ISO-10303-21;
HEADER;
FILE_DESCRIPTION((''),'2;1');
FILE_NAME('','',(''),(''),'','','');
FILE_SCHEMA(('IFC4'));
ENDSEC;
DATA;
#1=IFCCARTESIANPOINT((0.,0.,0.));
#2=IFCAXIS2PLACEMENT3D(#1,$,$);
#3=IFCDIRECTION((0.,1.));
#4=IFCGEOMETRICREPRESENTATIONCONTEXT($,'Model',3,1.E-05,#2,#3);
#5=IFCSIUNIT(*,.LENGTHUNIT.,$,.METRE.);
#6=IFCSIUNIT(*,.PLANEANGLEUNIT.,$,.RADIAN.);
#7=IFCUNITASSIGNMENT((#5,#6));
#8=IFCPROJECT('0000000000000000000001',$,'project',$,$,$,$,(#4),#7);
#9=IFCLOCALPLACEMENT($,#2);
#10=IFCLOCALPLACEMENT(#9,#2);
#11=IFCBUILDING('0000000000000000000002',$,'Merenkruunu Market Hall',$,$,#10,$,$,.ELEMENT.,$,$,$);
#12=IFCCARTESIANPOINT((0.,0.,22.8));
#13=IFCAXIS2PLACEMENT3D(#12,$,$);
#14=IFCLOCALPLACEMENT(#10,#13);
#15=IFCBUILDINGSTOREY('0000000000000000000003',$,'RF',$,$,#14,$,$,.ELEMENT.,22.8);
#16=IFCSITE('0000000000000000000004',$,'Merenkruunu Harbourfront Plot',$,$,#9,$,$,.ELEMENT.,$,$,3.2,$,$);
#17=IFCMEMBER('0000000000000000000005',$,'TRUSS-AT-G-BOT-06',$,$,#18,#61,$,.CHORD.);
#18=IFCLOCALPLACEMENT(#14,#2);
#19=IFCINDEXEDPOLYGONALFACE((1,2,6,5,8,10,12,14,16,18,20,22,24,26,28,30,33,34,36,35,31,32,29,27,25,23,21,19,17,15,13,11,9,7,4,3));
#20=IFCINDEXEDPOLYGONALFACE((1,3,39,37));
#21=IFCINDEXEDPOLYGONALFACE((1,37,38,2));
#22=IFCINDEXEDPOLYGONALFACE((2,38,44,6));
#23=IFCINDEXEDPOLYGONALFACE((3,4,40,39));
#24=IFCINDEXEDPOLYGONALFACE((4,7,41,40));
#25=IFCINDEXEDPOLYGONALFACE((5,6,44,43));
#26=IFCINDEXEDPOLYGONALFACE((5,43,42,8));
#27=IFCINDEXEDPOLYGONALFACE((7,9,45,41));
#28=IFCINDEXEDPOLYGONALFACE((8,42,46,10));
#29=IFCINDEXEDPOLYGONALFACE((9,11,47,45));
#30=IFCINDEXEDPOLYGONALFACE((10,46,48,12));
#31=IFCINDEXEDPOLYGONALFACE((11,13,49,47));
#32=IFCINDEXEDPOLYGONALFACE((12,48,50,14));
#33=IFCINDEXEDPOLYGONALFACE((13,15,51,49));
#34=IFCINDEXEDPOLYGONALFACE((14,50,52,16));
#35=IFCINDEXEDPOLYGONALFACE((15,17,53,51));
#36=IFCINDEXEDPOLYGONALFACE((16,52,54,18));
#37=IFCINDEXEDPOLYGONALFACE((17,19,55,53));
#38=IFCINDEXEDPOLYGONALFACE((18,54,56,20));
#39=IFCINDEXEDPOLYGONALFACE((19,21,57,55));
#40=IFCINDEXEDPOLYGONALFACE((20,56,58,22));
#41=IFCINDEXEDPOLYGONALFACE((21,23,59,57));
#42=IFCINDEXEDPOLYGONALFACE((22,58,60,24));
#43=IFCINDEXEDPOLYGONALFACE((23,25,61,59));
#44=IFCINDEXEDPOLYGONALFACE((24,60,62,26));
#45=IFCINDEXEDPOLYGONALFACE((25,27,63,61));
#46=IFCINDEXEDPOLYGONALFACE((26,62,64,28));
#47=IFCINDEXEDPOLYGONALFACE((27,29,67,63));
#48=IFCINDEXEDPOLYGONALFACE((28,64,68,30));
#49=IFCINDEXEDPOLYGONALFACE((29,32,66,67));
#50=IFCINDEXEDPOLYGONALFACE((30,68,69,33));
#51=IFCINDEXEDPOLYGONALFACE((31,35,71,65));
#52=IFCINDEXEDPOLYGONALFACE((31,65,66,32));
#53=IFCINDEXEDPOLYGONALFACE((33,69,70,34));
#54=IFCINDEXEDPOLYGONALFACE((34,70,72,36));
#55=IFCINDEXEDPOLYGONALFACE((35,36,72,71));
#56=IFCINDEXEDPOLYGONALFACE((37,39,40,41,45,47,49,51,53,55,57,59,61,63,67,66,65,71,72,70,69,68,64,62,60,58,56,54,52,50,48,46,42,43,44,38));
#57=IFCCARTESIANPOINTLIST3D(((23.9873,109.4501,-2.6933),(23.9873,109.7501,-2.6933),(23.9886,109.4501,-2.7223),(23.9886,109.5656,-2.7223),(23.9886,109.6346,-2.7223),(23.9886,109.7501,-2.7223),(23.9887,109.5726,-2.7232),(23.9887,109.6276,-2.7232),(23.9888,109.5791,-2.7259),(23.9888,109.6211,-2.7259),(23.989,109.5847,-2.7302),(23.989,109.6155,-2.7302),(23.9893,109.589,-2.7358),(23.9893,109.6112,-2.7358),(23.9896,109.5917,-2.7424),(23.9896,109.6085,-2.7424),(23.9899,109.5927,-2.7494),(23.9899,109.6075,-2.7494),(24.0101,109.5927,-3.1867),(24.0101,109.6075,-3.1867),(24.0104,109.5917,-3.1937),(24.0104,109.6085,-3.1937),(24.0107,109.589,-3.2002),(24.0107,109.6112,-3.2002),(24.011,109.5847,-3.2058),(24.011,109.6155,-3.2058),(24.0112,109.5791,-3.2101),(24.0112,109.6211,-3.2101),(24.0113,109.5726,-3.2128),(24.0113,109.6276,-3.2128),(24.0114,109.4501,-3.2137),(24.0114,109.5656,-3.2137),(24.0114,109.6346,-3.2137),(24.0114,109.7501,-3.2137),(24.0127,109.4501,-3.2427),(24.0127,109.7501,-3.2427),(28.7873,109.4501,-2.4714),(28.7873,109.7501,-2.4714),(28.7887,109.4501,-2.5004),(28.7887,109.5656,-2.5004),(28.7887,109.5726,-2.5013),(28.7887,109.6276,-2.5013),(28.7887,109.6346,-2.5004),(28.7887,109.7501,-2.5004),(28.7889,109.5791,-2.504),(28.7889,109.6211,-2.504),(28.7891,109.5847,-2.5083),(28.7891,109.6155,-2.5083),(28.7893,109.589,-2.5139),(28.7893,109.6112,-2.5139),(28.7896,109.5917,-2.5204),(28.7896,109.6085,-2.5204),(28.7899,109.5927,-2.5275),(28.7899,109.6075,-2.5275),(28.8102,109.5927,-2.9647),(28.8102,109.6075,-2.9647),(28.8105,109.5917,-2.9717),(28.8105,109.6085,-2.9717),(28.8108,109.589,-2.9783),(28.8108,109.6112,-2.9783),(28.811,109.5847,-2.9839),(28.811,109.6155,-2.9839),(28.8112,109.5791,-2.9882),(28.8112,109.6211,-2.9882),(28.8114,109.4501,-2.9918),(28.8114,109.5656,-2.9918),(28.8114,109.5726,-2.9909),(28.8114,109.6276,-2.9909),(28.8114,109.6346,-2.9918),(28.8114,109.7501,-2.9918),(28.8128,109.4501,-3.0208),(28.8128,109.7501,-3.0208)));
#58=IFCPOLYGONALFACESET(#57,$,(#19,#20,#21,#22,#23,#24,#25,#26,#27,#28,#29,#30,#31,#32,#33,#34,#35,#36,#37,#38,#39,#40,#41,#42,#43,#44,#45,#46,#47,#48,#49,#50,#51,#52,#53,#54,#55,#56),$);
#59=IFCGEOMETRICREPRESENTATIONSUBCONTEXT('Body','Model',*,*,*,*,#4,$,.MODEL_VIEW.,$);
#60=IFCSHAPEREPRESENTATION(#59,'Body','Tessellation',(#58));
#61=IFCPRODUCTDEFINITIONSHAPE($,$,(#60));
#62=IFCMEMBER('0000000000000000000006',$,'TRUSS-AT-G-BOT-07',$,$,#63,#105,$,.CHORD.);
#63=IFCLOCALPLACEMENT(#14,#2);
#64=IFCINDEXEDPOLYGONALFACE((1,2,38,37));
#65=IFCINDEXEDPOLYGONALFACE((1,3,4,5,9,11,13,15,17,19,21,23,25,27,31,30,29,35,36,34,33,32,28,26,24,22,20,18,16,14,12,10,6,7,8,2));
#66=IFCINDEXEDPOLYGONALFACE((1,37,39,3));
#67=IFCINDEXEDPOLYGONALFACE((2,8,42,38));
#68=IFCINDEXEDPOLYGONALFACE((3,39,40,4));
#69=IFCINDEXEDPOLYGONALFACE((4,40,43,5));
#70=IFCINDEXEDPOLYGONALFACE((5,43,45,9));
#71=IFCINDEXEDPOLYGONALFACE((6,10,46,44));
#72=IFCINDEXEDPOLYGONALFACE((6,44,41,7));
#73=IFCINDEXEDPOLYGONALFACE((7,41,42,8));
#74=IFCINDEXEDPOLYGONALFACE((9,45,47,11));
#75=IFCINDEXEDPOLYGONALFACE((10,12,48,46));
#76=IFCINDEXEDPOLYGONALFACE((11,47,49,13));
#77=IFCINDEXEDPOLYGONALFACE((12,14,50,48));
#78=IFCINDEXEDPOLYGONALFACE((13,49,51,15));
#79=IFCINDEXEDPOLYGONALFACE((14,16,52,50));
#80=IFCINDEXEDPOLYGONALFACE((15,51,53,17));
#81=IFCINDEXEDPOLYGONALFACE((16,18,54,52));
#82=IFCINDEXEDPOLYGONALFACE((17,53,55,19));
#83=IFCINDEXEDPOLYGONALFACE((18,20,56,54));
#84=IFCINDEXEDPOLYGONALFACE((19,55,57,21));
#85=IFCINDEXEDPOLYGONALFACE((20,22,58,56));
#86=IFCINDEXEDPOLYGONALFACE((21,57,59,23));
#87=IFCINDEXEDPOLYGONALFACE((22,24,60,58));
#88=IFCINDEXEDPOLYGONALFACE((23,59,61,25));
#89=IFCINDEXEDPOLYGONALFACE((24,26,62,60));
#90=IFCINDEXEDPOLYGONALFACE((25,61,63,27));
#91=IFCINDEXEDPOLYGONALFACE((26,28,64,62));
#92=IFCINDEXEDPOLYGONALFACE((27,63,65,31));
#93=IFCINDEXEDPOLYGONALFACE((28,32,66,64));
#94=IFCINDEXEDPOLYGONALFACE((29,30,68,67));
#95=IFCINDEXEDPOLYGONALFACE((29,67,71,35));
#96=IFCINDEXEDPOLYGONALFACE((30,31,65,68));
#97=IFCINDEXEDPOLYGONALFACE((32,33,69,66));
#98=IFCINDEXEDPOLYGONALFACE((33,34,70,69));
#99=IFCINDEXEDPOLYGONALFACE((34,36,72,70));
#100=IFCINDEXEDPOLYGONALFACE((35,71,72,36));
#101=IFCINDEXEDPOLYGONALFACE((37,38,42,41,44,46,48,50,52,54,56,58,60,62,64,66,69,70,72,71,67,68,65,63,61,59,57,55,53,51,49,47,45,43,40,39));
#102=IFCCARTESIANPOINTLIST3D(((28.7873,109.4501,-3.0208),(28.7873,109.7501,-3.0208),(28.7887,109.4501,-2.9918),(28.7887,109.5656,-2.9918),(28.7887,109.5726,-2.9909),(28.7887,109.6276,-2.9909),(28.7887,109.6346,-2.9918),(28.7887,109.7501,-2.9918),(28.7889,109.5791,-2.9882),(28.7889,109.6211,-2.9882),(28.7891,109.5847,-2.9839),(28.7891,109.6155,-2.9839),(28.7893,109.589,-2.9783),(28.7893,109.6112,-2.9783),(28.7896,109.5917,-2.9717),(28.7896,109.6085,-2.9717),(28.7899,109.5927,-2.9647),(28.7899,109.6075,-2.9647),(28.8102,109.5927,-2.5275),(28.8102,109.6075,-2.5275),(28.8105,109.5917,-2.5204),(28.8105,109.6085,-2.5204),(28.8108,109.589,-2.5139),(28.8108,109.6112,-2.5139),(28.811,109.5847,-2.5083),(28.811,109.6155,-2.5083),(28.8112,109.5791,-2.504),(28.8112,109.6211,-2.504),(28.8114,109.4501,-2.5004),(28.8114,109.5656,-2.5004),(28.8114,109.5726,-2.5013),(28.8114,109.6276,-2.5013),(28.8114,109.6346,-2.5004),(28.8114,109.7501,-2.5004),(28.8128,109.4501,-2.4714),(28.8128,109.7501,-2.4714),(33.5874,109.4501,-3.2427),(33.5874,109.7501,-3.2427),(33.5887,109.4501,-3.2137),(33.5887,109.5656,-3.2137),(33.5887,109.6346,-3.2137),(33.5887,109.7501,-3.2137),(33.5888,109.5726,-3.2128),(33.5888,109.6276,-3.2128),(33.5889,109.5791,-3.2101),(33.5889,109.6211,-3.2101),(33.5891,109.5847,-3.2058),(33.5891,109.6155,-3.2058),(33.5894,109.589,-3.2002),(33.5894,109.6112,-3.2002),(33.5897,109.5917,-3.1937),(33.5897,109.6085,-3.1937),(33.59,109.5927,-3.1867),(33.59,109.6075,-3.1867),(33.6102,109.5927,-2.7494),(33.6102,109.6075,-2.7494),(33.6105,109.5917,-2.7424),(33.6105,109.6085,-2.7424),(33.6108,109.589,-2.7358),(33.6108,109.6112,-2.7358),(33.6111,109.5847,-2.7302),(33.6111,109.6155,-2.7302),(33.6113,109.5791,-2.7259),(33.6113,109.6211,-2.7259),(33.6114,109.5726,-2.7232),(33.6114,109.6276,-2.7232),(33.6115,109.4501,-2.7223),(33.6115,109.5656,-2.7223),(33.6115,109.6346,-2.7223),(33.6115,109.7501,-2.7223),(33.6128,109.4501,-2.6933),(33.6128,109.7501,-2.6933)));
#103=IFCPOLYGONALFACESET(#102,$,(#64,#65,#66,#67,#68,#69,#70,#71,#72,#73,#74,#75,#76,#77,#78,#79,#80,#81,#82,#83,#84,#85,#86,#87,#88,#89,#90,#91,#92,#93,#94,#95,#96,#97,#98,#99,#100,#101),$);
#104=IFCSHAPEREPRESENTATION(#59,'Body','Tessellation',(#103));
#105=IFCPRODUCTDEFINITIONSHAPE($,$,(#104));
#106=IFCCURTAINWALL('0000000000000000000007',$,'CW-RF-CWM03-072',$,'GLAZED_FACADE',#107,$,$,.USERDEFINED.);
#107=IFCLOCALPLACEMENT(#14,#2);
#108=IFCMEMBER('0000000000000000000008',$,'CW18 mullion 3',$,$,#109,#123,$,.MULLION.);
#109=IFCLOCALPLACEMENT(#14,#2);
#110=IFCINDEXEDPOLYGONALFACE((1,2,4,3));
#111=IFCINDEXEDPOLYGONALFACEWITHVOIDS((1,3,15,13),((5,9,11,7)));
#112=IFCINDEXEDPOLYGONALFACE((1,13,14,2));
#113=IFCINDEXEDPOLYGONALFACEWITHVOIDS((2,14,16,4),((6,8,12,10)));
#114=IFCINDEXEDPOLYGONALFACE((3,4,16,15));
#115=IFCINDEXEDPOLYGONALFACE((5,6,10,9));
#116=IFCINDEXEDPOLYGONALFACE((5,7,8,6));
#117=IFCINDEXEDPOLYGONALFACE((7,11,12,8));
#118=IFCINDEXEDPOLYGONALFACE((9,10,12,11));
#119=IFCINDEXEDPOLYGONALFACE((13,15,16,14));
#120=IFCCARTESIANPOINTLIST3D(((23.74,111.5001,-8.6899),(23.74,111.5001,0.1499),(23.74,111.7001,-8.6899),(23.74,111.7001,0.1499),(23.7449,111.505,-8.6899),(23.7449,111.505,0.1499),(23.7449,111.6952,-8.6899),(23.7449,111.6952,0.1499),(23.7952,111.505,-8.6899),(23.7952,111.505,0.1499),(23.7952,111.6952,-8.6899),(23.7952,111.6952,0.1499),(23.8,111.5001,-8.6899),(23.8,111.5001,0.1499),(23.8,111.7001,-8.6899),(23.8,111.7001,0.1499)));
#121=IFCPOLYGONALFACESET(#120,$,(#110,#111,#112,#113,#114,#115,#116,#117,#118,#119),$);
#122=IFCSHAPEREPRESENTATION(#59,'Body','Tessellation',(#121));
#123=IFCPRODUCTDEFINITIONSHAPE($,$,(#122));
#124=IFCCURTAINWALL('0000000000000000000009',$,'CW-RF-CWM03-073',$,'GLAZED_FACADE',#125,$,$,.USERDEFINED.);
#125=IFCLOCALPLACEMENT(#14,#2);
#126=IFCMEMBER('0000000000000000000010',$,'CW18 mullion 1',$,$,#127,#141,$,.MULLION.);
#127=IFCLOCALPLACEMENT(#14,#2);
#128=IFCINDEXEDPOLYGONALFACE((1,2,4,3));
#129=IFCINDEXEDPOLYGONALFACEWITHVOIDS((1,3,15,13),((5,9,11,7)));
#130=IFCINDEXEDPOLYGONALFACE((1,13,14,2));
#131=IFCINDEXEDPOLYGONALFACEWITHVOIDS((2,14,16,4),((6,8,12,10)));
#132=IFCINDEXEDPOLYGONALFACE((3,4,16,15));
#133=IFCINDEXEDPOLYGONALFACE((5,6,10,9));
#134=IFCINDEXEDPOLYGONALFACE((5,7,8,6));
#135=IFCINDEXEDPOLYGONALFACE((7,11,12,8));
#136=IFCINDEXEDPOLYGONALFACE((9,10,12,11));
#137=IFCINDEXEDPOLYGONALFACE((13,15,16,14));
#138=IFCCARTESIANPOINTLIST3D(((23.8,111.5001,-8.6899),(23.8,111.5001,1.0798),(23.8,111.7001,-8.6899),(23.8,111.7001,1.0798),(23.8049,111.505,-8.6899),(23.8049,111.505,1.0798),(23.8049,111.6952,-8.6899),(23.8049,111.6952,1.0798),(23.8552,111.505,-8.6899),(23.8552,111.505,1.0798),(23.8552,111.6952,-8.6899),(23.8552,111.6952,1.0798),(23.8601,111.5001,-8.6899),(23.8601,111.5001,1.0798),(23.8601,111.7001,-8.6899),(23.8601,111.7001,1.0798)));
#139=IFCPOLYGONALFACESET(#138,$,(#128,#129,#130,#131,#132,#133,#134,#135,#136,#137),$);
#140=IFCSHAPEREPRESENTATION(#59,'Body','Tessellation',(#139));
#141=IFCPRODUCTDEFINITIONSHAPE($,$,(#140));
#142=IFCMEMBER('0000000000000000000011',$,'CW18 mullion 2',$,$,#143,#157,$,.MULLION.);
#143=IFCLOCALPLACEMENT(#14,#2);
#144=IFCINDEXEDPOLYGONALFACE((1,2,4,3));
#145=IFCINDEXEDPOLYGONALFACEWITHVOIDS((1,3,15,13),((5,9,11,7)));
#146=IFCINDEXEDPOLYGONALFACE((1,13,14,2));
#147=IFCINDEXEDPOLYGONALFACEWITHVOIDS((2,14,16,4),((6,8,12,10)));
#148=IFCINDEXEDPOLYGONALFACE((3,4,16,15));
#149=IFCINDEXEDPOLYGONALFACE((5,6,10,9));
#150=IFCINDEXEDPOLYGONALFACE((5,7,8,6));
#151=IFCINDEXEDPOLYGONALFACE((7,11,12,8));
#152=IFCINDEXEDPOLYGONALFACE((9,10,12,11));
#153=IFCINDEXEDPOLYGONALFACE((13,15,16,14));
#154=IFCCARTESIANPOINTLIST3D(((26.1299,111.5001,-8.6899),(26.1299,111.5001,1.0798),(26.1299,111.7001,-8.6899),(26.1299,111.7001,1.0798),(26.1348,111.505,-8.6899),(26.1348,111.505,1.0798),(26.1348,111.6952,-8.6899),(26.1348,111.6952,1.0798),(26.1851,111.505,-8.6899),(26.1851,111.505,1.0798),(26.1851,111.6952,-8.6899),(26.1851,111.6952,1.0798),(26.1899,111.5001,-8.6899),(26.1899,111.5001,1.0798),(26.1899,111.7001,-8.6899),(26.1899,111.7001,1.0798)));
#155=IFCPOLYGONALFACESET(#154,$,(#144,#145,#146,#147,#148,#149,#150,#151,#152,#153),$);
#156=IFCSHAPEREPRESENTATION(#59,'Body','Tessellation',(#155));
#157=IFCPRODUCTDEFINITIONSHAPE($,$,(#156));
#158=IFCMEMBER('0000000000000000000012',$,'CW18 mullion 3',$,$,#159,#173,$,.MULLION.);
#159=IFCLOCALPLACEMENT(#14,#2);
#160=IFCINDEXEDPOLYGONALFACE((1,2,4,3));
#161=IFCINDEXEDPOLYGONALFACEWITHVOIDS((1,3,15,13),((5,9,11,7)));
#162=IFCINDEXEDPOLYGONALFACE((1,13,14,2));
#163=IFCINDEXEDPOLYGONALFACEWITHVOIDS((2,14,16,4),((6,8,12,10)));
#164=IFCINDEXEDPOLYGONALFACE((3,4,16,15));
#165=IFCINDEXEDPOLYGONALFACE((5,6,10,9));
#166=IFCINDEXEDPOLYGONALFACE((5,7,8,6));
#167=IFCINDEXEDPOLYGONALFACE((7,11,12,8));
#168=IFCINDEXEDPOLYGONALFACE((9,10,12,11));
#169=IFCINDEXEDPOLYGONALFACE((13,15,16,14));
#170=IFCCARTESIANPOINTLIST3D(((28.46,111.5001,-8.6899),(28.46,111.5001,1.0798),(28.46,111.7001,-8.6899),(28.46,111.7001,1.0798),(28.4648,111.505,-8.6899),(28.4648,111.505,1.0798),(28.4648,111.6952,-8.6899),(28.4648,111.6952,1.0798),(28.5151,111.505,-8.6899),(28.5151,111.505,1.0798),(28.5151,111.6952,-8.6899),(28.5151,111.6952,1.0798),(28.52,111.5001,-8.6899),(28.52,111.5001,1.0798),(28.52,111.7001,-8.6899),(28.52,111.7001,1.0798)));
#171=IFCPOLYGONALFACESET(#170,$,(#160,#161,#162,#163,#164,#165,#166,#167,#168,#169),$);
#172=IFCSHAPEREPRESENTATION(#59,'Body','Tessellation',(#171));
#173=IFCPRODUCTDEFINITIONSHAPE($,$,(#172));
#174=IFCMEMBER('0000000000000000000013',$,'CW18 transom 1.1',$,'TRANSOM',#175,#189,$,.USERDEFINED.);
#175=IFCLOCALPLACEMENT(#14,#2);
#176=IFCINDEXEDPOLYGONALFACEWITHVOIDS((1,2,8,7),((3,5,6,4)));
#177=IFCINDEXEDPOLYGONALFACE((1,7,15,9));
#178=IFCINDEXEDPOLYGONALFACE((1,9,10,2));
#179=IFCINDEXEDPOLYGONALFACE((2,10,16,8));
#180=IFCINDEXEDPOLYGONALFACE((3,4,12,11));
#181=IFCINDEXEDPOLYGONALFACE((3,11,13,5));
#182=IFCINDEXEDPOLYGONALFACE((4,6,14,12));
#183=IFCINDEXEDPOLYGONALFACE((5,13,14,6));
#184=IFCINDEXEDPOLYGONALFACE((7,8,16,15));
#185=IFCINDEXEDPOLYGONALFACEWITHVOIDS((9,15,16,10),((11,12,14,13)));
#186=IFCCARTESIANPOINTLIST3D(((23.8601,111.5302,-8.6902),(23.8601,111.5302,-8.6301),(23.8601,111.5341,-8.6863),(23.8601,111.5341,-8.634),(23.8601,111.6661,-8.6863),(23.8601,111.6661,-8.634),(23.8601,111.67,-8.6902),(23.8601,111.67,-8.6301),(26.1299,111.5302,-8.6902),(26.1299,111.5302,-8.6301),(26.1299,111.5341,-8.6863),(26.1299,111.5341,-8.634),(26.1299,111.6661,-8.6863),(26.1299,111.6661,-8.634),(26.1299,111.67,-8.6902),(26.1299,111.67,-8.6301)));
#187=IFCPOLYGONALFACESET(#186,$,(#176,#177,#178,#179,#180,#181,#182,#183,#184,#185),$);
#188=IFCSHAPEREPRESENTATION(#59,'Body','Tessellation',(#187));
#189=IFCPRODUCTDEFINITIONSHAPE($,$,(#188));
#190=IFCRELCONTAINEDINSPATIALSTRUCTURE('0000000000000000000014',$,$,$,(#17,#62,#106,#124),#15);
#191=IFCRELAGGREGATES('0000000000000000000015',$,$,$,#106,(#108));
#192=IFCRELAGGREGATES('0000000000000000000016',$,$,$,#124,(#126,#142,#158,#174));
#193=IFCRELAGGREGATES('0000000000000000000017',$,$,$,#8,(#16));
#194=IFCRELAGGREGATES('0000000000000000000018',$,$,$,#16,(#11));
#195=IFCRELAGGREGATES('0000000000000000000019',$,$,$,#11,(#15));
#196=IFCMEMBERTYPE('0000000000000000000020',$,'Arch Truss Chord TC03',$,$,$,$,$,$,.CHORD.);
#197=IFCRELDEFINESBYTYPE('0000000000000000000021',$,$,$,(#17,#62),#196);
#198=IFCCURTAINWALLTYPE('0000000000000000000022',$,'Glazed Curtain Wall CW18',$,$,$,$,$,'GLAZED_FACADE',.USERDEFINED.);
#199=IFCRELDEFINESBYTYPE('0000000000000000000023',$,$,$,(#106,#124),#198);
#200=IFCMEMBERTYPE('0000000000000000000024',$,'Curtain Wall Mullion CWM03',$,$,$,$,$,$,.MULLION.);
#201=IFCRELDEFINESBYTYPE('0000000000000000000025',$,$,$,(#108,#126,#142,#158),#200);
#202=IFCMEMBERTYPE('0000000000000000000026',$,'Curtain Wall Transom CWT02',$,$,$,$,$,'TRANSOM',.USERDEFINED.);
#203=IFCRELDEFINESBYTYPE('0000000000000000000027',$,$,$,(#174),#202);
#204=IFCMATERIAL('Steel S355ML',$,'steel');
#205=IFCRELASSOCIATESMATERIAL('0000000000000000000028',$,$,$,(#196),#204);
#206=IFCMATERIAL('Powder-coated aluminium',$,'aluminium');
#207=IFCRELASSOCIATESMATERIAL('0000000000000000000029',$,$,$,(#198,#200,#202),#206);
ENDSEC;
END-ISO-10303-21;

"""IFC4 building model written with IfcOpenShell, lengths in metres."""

from ifc_helpers import new_model, si_unit, direction, frame, origin, origin_2d, place, context, subcontext, project, spatial, hollow_rectangle, i_section, extrude, material, material_profile, profile_set, type_object, element, aggregate, save


model = new_model("IFC4")

# Units and contexts
model_context = context("Model", 3, precision=1e-05, world=origin(), true_north=direction((0.0, 1.0)))
body_context = subcontext(model_context, "Body", "Model", "MODEL_VIEW")
ifc_project = project(units=[si_unit("LENGTHUNIT", "METRE"), si_unit("PLANEANGLEUNIT", "RADIAN")], contexts=[model_context])

# Site, building, storey
site_placement = place(None, origin())
site = spatial("IfcSite", under=ifc_project, at=site_placement, Name="Merenkruunu Harbourfront Plot", CompositionType="ELEMENT", RefElevation=3.2)
building_placement = place(site_placement, origin())
building = spatial("IfcBuilding", under=site, at=building_placement, Name="Merenkruunu Market Hall", CompositionType="ELEMENT")
storey_placement = place(building_placement, frame((0.0, 0.0, 22.8)))
storey = spatial("IfcBuildingStorey", under=building, at=storey_placement, Name="RF", CompositionType="ELEMENT", Elevation=22.8)

# Members
ifc_material_1 = material(Name="Steel S355ML", Category="steel")
ifc_material_profile_1 = material_profile(ifc_material_1, i_section(OverallWidth=0.3, OverallDepth=0.55, WebThickness=0.0149, FlangeThickness=0.0291, FilletRadius=0.0271, at=origin_2d()), Name="HEB 550")
ifc_profile_set_1 = profile_set([ifc_material_profile_1], Name="Steel S355ML")
member_type_1 = type_object("IfcMemberType", Name="Arch Truss Chord TC03", PredefinedType="CHORD", material=ifc_profile_set_1)
for number, where, z_axis, x_axis, name in (
    (1, (24.0, 109.6001, -2.968), (0.998933, 0.0, 0.046184), (0.0, 1.0, 0.0), "TRUSS-AT-G-BOT-06"),
    (2, (28.8, 109.6001, -2.7461), (0.998933, 0.0, -0.046184), (0.0, 1.0, 0.0), "TRUSS-AT-G-BOT-07"),
):
    element("IfcMember", number, at=place(storey_placement, frame(where, z_axis=z_axis, x_axis=x_axis)), inside=storey, type_object=member_type_1, Name=name, PredefinedType="CHORD", context=body_context, shape_type="SweptSolid", body=[
        extrude(i_section(OverallWidth=0.3, OverallDepth=0.55, WebThickness=0.0149, FlangeThickness=0.0291, FilletRadius=0.0271, at=origin_2d()), origin(), (0.0, 0.0, 1.0), 4.8052),
    ])

# Curtain wall, member
ifc_material_2 = material(Name="Powder-coated aluminium", Category="aluminium")
curtain_wall_type = type_object("IfcCurtainWallType", Name="Glazed Curtain Wall CW18", ElementType="GLAZED_FACADE", PredefinedType="USERDEFINED", material=ifc_material_2)
curtain_wall_1_placement = place(storey_placement, origin())
curtain_wall_1 = element("IfcCurtainWall", 3, at=curtain_wall_1_placement, inside=storey, type_object=curtain_wall_type, Name="CW-RF-CWM03-072", ObjectType="GLAZED_FACADE", PredefinedType="USERDEFINED")
ifc_material_profile_2 = material_profile(ifc_material_2, hollow_rectangle(XDim=0.0601, YDim=0.2, WallThickness=0.0049, at=origin_2d()), Name="ALU 60x200x5")
ifc_profile_set_2 = profile_set([ifc_material_profile_2], Name="Powder-coated aluminium")
member_type_2 = type_object("IfcMemberType", Name="Curtain Wall Mullion CWM03", PredefinedType="MULLION", material=ifc_profile_set_2)
member_1_placement = place(storey_placement, frame((23.77, 111.6001, -8.6899), z_axis=(0.0, 0.0, 1.0), x_axis=(1.0, 0.0, 0.0)))
member_1 = element("IfcMember", 4, at=member_1_placement, type_object=member_type_2, Name="CW18 mullion 3", PredefinedType="MULLION", context=body_context, shape_type="SweptSolid", body=[
    extrude(hollow_rectangle(XDim=0.0601, YDim=0.2, WallThickness=0.0049, at=origin_2d()), origin(), (0.0, 0.0, 1.0), 8.8398),
])

# Curtain wall, members
curtain_wall_2_placement = place(storey_placement, origin())
curtain_wall_2 = element("IfcCurtainWall", 5, at=curtain_wall_2_placement, inside=storey, type_object=curtain_wall_type, Name="CW-RF-CWM03-073", ObjectType="GLAZED_FACADE", PredefinedType="USERDEFINED")
member_2_placement = place(storey_placement, frame((23.8301, 111.6001, -8.6899), z_axis=(0.0, 0.0, 1.0), x_axis=(1.0, 0.0, 0.0)))
member_2 = element("IfcMember", 6, at=member_2_placement, type_object=member_type_2, Name="CW18 mullion 1", PredefinedType="MULLION", context=body_context, shape_type="SweptSolid", body=[
    extrude(hollow_rectangle(XDim=0.0601, YDim=0.2, WallThickness=0.0049, at=origin_2d()), origin(), (0.0, 0.0, 1.0), 9.7698),
])
member_3_placement = place(storey_placement, frame((26.1599, 111.6001, -8.6899), z_axis=(0.0, 0.0, 1.0), x_axis=(1.0, 0.0, 0.0)))
member_3 = element("IfcMember", 7, at=member_3_placement, type_object=member_type_2, Name="CW18 mullion 2", PredefinedType="MULLION", context=body_context, shape_type="SweptSolid", body=[
    extrude(hollow_rectangle(XDim=0.0601, YDim=0.2, WallThickness=0.0049, at=origin_2d()), origin(), (0.0, 0.0, 1.0), 9.7698),
])
member_4_placement = place(storey_placement, frame((28.49, 111.6001, -8.6899), z_axis=(0.0, 0.0, 1.0), x_axis=(1.0, 0.0, 0.0)))
member_4 = element("IfcMember", 8, at=member_4_placement, type_object=member_type_2, Name="CW18 mullion 3", PredefinedType="MULLION", context=body_context, shape_type="SweptSolid", body=[
    extrude(hollow_rectangle(XDim=0.0601, YDim=0.2, WallThickness=0.0049, at=origin_2d()), origin(), (0.0, 0.0, 1.0), 9.7698),
])
ifc_material_profile_3 = material_profile(ifc_material_2, hollow_rectangle(XDim=0.0601, YDim=0.1399, WallThickness=0.0039, at=origin_2d()), Name="ALU 60x140x4")
ifc_profile_set_3 = profile_set([ifc_material_profile_3], Name="Powder-coated aluminium")
member_type_3 = type_object("IfcMemberType", Name="Curtain Wall Transom CWT02", ElementType="TRANSOM", PredefinedType="USERDEFINED", material=ifc_profile_set_3)
member_5_placement = place(storey_placement, frame((23.8601, 111.6001, -8.6602), z_axis=(1.0, 0.0, 0.0), x_axis=(0.0, 0.0, 1.0)))
member_5 = element("IfcMember", 9, at=member_5_placement, type_object=member_type_3, Name="CW18 transom 1.1", ObjectType="TRANSOM", PredefinedType="USERDEFINED", context=body_context, shape_type="SweptSolid", body=[
    extrude(hollow_rectangle(XDim=0.0601, YDim=0.1399, WallThickness=0.0039, at=origin_2d()), origin(), (0.0, 0.0, 1.0), 2.2698),
])

aggregate(curtain_wall_1, [member_1])
aggregate(curtain_wall_2, [member_2, member_3, member_4, member_5])

save(model, "model.ifc")
